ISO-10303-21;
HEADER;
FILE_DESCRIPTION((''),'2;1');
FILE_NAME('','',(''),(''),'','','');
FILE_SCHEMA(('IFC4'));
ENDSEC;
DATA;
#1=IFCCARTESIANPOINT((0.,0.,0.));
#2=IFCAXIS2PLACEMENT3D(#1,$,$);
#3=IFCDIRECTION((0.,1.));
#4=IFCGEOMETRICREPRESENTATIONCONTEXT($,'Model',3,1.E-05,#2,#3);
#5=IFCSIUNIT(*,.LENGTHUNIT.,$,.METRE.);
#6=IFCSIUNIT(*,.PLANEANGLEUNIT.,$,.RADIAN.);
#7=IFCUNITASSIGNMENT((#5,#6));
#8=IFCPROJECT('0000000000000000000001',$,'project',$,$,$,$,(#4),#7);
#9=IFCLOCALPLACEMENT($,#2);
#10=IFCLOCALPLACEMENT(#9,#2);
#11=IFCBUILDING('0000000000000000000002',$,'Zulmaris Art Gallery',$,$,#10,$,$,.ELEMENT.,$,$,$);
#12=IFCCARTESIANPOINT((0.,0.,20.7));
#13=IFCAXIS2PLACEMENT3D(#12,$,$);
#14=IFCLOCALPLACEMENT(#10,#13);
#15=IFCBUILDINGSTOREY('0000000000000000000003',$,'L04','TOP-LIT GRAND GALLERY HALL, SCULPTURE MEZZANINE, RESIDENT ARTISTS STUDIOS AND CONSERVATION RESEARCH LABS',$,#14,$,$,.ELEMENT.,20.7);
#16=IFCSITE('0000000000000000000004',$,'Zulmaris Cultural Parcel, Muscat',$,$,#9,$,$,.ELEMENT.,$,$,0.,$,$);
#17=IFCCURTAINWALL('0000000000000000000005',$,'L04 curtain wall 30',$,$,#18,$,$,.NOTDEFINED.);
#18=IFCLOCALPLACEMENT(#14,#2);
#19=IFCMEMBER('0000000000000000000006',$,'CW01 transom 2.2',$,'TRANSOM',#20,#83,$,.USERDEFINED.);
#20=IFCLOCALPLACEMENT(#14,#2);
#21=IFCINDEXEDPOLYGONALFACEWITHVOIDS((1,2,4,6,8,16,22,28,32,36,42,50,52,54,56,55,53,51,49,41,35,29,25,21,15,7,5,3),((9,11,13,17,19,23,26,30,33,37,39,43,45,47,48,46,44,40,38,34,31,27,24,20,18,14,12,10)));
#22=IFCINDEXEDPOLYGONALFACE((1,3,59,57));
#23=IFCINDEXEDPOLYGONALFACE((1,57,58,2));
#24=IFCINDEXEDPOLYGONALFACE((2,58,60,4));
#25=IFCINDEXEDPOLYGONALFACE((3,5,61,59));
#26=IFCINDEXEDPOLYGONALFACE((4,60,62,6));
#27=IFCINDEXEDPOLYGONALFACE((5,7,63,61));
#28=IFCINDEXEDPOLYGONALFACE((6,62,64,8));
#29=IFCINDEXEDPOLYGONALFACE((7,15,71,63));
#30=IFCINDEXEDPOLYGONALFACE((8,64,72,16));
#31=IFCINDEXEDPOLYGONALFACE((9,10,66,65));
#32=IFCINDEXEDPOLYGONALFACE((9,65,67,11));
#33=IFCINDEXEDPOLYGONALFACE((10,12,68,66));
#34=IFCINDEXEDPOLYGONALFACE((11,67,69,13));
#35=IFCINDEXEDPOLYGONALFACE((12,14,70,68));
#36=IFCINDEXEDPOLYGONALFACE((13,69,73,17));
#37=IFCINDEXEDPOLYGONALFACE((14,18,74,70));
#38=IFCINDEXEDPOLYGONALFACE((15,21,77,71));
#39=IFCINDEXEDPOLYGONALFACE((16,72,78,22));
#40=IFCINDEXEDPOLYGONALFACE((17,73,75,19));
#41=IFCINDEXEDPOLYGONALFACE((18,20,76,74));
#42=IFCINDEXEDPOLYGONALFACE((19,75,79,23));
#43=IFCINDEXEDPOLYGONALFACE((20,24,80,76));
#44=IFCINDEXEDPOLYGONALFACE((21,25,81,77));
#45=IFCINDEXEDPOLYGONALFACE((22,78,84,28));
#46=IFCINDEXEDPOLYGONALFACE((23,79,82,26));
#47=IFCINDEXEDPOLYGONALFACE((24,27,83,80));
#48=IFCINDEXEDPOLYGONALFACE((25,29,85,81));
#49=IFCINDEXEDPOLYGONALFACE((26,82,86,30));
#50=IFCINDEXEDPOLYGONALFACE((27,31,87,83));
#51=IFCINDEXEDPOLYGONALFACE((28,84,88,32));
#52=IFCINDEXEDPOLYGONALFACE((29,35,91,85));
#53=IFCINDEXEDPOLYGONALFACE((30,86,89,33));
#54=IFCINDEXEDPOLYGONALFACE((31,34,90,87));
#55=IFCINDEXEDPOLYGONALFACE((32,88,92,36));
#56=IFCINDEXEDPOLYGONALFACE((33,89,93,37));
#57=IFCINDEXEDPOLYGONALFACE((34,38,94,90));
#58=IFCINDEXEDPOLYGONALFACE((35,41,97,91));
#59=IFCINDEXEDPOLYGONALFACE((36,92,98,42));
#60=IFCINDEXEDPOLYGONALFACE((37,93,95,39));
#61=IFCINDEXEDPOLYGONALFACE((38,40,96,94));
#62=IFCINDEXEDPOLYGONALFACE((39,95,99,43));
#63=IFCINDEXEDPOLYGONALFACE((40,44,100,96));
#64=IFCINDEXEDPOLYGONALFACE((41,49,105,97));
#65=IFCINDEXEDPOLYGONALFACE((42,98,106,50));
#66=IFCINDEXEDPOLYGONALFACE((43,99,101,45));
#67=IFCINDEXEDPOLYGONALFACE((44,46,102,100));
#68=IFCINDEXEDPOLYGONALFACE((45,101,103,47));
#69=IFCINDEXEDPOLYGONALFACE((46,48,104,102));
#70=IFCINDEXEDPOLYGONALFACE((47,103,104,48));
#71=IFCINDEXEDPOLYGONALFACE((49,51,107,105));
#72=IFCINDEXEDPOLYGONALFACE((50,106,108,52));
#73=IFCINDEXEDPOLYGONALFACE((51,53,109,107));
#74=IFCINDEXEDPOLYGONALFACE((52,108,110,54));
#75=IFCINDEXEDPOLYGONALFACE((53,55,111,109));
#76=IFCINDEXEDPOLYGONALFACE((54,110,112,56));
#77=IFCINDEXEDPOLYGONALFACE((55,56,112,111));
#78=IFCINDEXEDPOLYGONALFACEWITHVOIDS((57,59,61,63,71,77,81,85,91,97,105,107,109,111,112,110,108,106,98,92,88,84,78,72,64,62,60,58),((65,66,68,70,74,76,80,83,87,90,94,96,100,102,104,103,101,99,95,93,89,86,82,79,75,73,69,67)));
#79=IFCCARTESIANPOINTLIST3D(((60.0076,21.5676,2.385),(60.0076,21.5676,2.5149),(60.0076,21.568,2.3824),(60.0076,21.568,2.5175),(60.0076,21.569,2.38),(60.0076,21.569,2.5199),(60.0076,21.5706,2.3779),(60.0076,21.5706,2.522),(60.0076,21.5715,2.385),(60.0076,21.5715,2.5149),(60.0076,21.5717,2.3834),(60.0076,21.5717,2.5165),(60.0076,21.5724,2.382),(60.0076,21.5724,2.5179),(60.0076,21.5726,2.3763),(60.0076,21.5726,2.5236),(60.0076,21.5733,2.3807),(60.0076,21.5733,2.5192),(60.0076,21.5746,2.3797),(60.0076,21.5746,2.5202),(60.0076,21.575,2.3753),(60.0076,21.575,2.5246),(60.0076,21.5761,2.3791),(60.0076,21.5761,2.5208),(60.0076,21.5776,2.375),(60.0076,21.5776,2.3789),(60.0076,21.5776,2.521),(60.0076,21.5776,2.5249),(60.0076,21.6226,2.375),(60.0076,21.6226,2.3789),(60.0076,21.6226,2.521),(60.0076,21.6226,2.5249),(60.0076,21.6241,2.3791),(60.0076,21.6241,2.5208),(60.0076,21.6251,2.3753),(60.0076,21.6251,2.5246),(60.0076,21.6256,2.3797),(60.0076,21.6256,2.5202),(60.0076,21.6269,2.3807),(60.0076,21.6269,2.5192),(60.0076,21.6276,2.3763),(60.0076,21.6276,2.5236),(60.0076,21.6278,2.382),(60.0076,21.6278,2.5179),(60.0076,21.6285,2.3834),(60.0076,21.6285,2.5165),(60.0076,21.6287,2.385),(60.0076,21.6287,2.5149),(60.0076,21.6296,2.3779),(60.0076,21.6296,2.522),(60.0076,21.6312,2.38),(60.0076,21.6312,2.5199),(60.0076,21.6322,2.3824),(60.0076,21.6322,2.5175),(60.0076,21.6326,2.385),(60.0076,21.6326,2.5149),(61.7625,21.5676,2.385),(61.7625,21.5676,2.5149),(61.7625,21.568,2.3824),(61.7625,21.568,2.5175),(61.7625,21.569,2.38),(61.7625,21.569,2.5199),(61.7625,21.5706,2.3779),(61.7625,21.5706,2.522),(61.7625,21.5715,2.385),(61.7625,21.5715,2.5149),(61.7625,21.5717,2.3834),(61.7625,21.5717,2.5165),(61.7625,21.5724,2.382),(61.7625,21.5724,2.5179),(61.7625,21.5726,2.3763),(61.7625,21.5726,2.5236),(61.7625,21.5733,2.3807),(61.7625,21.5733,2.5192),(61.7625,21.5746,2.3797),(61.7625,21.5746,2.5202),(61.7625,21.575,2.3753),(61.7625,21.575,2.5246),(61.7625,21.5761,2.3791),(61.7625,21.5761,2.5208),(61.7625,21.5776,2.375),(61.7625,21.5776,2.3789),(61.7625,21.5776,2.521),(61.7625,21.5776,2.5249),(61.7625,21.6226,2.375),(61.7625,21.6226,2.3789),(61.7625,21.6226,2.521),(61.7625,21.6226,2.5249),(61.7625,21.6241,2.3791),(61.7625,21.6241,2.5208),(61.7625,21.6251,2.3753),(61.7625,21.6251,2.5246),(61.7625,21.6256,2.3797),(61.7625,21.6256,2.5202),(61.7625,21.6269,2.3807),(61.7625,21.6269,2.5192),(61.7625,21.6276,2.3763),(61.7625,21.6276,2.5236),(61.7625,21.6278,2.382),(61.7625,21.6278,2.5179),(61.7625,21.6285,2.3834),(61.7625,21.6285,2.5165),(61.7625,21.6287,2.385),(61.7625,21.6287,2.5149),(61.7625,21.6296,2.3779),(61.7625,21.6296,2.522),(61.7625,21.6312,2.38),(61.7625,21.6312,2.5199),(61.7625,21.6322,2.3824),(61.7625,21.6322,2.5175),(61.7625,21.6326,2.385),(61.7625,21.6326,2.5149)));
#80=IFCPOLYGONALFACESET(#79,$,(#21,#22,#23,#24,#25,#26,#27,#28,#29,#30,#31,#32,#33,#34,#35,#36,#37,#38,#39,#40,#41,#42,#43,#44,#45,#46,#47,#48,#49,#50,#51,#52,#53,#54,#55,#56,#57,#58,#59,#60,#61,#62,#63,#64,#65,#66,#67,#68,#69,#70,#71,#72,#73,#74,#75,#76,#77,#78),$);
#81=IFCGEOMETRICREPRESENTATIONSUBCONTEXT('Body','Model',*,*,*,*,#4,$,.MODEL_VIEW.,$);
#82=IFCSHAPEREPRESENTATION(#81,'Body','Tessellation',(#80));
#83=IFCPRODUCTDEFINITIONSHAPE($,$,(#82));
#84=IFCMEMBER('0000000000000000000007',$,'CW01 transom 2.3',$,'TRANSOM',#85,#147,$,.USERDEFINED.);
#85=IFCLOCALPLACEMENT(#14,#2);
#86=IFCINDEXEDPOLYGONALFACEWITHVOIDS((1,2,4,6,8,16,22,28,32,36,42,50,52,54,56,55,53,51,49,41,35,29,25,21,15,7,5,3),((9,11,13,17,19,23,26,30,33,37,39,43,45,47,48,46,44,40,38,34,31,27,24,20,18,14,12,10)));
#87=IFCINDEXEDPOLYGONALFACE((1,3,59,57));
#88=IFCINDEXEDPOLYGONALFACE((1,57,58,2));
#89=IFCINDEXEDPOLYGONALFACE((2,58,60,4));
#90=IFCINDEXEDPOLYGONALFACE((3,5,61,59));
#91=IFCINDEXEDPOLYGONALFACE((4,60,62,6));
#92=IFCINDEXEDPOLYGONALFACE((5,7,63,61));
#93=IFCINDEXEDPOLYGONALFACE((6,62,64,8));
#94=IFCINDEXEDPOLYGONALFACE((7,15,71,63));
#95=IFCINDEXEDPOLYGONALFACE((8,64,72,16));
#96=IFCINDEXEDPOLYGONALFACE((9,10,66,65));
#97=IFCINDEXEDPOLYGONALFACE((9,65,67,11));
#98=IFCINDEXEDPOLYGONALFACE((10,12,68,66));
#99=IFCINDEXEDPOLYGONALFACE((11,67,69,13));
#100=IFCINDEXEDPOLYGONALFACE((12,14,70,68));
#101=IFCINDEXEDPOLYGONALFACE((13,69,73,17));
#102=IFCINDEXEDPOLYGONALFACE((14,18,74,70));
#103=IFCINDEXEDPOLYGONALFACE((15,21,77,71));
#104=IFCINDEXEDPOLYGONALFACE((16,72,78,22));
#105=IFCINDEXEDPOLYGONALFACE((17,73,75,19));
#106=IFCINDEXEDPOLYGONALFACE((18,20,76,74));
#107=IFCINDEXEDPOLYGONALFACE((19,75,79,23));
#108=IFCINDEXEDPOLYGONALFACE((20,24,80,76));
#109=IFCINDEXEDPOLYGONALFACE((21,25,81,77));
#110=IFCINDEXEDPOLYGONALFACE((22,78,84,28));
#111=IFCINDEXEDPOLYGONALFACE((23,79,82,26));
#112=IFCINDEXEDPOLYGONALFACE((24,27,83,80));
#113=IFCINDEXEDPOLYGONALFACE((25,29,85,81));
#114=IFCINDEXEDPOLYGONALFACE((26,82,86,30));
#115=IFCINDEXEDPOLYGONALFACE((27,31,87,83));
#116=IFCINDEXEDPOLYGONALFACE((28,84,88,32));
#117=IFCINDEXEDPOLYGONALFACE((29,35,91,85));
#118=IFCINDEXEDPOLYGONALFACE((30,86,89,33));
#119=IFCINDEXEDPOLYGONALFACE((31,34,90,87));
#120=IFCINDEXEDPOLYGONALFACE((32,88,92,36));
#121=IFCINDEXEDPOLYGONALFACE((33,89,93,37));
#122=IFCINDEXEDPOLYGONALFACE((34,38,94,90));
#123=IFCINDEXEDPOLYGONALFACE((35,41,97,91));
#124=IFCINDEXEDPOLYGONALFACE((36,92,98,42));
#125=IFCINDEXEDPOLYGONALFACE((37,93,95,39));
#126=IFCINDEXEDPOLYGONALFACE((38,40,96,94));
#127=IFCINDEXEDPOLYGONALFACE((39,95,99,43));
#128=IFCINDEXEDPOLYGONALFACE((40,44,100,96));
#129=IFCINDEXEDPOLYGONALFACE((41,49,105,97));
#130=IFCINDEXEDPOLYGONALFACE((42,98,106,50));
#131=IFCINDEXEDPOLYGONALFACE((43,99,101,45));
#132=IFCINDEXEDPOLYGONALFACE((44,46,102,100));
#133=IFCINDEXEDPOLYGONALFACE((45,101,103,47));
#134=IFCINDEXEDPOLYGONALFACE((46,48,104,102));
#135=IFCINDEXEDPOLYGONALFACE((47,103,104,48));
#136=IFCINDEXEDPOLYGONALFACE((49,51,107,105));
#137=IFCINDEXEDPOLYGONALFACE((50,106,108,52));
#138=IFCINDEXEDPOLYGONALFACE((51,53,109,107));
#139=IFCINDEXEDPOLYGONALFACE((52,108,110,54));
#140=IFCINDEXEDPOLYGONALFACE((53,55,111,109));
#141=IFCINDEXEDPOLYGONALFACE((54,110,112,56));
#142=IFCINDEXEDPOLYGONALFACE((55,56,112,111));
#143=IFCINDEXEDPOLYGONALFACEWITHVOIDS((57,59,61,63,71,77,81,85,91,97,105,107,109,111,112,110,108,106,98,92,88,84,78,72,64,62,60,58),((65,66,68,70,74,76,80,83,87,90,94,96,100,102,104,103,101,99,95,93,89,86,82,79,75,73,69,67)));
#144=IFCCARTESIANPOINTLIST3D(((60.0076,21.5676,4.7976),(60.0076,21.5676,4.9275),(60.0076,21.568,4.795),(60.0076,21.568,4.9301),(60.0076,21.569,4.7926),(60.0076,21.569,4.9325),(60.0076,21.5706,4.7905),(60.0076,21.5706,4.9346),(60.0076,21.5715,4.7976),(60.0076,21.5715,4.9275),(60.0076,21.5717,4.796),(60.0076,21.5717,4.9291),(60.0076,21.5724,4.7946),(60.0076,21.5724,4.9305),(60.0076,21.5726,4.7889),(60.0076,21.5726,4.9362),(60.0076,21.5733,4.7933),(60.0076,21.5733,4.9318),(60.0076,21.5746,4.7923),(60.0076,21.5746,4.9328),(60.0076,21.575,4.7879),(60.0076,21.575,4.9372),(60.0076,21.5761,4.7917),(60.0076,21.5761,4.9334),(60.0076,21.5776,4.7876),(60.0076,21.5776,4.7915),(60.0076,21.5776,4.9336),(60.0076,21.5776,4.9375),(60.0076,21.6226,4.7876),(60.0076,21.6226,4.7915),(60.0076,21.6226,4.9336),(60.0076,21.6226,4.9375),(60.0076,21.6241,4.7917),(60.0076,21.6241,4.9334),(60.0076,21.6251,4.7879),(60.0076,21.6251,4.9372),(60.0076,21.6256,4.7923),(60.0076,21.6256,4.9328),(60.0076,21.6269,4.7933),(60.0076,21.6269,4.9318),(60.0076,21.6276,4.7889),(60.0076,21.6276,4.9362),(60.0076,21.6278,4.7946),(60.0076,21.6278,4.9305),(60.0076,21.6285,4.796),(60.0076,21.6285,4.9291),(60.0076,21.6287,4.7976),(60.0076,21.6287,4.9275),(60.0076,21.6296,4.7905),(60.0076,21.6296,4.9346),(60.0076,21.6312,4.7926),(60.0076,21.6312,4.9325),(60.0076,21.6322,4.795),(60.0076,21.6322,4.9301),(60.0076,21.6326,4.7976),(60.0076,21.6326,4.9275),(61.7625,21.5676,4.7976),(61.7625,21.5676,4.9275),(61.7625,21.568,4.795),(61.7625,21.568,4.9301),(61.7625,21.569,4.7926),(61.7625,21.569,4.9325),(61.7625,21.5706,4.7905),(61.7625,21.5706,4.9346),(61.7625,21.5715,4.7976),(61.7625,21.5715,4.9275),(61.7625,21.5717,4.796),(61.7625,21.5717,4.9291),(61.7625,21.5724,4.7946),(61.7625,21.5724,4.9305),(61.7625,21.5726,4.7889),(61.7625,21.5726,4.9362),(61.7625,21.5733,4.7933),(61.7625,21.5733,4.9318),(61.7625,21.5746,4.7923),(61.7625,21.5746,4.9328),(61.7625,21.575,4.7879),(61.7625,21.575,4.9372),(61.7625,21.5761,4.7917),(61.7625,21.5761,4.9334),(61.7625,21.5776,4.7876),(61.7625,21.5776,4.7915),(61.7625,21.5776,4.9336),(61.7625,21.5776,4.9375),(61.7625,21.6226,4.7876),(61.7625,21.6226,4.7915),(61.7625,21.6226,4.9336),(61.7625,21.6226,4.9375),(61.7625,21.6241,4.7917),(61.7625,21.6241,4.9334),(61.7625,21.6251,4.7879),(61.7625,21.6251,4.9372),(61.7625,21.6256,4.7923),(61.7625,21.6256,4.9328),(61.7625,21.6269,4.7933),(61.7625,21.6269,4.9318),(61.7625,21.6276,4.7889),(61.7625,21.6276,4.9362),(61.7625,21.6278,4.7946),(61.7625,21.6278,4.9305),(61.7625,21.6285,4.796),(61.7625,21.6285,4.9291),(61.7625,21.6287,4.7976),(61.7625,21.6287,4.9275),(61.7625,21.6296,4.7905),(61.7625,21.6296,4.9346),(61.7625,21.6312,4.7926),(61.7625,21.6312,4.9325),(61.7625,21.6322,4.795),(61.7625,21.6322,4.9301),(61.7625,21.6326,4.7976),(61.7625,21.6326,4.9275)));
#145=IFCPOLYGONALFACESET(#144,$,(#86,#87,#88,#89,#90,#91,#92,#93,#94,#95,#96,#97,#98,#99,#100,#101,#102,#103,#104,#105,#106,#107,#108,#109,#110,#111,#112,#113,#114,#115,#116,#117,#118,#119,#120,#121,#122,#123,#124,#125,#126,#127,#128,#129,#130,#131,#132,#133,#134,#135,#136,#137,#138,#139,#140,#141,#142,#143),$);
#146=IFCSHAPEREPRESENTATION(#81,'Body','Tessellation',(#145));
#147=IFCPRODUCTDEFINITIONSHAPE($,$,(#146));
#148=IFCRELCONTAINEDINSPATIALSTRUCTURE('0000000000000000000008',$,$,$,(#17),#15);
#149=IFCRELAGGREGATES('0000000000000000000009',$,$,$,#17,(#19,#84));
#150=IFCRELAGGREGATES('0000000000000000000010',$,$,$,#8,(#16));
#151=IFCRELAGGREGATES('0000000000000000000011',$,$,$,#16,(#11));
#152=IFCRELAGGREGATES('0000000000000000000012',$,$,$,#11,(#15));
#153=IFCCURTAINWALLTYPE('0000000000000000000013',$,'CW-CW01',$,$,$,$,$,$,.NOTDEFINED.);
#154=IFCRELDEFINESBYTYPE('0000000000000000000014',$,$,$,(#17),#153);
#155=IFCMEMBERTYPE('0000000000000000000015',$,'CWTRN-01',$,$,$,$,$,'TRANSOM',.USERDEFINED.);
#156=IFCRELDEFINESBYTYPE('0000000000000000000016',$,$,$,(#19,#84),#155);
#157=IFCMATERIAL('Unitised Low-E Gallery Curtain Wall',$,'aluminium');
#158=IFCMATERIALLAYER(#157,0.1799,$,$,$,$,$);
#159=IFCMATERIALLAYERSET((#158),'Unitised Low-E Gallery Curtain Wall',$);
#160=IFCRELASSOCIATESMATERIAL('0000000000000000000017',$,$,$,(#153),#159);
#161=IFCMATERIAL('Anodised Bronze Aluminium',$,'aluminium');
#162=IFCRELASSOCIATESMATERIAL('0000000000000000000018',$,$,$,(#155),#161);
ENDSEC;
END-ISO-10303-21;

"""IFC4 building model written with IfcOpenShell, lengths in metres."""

from ifc_helpers import new_model, si_unit, direction, frame, origin, origin_2d, place, context, subcontext, project, spatial, hollow_rectangle, extrude, material, layer, layer_set, material_profile, profile_set, type_object, element, aggregate, save


model = new_model("IFC4")

# Units and contexts
model_context = context("Model", 3, precision=1e-05, world=origin(), true_north=direction((0.0, 1.0)))
body_context = subcontext(model_context, "Body", "Model", "MODEL_VIEW")
ifc_project = project(units=[si_unit("LENGTHUNIT", "METRE"), si_unit("PLANEANGLEUNIT", "RADIAN")], contexts=[model_context])

# Site, building, storey
site_placement = place(None, origin())
site = spatial("IfcSite", under=ifc_project, at=site_placement, Name="Zulmaris Cultural Parcel, Muscat", CompositionType="ELEMENT", RefElevation=0.0)
building_placement = place(site_placement, origin())
building = spatial("IfcBuilding", under=site, at=building_placement, Name="Zulmaris Art Gallery", CompositionType="ELEMENT")
storey_placement = place(building_placement, frame((0.0, 0.0, 20.7)))
storey = spatial("IfcBuildingStorey", under=building, at=storey_placement, Name="L04", Description="TOP-LIT GRAND GALLERY HALL, SCULPTURE MEZZANINE, RESIDENT ARTISTS STUDIOS AND CONSERVATION RESEARCH LABS", CompositionType="ELEMENT", Elevation=20.7)

# Curtain wall, members
ifc_material_1 = material(Name="Unitised Low-E Gallery Curtain Wall", Category="aluminium")
ifc_layer_1 = layer(ifc_material_1, 0.1799)
ifc_layer_set_1 = layer_set([ifc_layer_1], Name="Unitised Low-E Gallery Curtain Wall")
curtain_wall_type = type_object("IfcCurtainWallType", Name="CW-CW01", PredefinedType="NOTDEFINED", material=ifc_layer_set_1)
curtain_wall_placement = place(storey_placement, origin())
curtain_wall = element("IfcCurtainWall", 1, at=curtain_wall_placement, inside=storey, type_object=curtain_wall_type, Name="L04 curtain wall 30", PredefinedType="NOTDEFINED")
ifc_material_2 = material(Name="Anodised Bronze Aluminium", Category="aluminium")
ifc_material_profile_1 = material_profile(ifc_material_2, hollow_rectangle(XDim=0.0649, YDim=0.1499, WallThickness=0.0039, InnerFilletRadius=0.0061, OuterFilletRadius=0.01, at=origin_2d()), Name="ALU 65x150x4")
ifc_profile_set_1 = profile_set([ifc_material_profile_1], Name="Anodised Bronze Aluminium")
member_type_1 = type_object("IfcMemberType", Name="CWTRN-01", ElementType="TRANSOM", PredefinedType="USERDEFINED", material=ifc_profile_set_1)
member_1_placement = place(storey_placement, frame((60.0076, 21.6001, 2.45), z_axis=(1.0, 0.0, 0.0), x_axis=(0.0, 1.0, 0.0)))
member_1 = element("IfcMember", 2, at=member_1_placement, type_object=member_type_1, Name="CW01 transom 2.2", ObjectType="TRANSOM", PredefinedType="USERDEFINED", context=body_context, shape_type="SweptSolid", body=[
    extrude(hollow_rectangle(XDim=0.0649, YDim=0.1499, WallThickness=0.0039, InnerFilletRadius=0.0061, OuterFilletRadius=0.01, at=origin_2d()), origin(), (0.0, 0.0, 1.0), 1.7549),
])
member_2_placement = place(storey_placement, frame((60.0076, 21.6001, 4.8625), z_axis=(1.0, 0.0, 0.0), x_axis=(0.0, 1.0, 0.0)))
member_2 = element("IfcMember", 3, at=member_2_placement, type_object=member_type_1, Name="CW01 transom 2.3", ObjectType="TRANSOM", PredefinedType="USERDEFINED", context=body_context, shape_type="SweptSolid", body=[
    extrude(hollow_rectangle(XDim=0.0649, YDim=0.1499, WallThickness=0.0039, InnerFilletRadius=0.0061, OuterFilletRadius=0.01, at=origin_2d()), origin(), (0.0, 0.0, 1.0), 1.7549),
])
aggregate(curtain_wall, [member_1, member_2])

save(model, "model.ifc")
